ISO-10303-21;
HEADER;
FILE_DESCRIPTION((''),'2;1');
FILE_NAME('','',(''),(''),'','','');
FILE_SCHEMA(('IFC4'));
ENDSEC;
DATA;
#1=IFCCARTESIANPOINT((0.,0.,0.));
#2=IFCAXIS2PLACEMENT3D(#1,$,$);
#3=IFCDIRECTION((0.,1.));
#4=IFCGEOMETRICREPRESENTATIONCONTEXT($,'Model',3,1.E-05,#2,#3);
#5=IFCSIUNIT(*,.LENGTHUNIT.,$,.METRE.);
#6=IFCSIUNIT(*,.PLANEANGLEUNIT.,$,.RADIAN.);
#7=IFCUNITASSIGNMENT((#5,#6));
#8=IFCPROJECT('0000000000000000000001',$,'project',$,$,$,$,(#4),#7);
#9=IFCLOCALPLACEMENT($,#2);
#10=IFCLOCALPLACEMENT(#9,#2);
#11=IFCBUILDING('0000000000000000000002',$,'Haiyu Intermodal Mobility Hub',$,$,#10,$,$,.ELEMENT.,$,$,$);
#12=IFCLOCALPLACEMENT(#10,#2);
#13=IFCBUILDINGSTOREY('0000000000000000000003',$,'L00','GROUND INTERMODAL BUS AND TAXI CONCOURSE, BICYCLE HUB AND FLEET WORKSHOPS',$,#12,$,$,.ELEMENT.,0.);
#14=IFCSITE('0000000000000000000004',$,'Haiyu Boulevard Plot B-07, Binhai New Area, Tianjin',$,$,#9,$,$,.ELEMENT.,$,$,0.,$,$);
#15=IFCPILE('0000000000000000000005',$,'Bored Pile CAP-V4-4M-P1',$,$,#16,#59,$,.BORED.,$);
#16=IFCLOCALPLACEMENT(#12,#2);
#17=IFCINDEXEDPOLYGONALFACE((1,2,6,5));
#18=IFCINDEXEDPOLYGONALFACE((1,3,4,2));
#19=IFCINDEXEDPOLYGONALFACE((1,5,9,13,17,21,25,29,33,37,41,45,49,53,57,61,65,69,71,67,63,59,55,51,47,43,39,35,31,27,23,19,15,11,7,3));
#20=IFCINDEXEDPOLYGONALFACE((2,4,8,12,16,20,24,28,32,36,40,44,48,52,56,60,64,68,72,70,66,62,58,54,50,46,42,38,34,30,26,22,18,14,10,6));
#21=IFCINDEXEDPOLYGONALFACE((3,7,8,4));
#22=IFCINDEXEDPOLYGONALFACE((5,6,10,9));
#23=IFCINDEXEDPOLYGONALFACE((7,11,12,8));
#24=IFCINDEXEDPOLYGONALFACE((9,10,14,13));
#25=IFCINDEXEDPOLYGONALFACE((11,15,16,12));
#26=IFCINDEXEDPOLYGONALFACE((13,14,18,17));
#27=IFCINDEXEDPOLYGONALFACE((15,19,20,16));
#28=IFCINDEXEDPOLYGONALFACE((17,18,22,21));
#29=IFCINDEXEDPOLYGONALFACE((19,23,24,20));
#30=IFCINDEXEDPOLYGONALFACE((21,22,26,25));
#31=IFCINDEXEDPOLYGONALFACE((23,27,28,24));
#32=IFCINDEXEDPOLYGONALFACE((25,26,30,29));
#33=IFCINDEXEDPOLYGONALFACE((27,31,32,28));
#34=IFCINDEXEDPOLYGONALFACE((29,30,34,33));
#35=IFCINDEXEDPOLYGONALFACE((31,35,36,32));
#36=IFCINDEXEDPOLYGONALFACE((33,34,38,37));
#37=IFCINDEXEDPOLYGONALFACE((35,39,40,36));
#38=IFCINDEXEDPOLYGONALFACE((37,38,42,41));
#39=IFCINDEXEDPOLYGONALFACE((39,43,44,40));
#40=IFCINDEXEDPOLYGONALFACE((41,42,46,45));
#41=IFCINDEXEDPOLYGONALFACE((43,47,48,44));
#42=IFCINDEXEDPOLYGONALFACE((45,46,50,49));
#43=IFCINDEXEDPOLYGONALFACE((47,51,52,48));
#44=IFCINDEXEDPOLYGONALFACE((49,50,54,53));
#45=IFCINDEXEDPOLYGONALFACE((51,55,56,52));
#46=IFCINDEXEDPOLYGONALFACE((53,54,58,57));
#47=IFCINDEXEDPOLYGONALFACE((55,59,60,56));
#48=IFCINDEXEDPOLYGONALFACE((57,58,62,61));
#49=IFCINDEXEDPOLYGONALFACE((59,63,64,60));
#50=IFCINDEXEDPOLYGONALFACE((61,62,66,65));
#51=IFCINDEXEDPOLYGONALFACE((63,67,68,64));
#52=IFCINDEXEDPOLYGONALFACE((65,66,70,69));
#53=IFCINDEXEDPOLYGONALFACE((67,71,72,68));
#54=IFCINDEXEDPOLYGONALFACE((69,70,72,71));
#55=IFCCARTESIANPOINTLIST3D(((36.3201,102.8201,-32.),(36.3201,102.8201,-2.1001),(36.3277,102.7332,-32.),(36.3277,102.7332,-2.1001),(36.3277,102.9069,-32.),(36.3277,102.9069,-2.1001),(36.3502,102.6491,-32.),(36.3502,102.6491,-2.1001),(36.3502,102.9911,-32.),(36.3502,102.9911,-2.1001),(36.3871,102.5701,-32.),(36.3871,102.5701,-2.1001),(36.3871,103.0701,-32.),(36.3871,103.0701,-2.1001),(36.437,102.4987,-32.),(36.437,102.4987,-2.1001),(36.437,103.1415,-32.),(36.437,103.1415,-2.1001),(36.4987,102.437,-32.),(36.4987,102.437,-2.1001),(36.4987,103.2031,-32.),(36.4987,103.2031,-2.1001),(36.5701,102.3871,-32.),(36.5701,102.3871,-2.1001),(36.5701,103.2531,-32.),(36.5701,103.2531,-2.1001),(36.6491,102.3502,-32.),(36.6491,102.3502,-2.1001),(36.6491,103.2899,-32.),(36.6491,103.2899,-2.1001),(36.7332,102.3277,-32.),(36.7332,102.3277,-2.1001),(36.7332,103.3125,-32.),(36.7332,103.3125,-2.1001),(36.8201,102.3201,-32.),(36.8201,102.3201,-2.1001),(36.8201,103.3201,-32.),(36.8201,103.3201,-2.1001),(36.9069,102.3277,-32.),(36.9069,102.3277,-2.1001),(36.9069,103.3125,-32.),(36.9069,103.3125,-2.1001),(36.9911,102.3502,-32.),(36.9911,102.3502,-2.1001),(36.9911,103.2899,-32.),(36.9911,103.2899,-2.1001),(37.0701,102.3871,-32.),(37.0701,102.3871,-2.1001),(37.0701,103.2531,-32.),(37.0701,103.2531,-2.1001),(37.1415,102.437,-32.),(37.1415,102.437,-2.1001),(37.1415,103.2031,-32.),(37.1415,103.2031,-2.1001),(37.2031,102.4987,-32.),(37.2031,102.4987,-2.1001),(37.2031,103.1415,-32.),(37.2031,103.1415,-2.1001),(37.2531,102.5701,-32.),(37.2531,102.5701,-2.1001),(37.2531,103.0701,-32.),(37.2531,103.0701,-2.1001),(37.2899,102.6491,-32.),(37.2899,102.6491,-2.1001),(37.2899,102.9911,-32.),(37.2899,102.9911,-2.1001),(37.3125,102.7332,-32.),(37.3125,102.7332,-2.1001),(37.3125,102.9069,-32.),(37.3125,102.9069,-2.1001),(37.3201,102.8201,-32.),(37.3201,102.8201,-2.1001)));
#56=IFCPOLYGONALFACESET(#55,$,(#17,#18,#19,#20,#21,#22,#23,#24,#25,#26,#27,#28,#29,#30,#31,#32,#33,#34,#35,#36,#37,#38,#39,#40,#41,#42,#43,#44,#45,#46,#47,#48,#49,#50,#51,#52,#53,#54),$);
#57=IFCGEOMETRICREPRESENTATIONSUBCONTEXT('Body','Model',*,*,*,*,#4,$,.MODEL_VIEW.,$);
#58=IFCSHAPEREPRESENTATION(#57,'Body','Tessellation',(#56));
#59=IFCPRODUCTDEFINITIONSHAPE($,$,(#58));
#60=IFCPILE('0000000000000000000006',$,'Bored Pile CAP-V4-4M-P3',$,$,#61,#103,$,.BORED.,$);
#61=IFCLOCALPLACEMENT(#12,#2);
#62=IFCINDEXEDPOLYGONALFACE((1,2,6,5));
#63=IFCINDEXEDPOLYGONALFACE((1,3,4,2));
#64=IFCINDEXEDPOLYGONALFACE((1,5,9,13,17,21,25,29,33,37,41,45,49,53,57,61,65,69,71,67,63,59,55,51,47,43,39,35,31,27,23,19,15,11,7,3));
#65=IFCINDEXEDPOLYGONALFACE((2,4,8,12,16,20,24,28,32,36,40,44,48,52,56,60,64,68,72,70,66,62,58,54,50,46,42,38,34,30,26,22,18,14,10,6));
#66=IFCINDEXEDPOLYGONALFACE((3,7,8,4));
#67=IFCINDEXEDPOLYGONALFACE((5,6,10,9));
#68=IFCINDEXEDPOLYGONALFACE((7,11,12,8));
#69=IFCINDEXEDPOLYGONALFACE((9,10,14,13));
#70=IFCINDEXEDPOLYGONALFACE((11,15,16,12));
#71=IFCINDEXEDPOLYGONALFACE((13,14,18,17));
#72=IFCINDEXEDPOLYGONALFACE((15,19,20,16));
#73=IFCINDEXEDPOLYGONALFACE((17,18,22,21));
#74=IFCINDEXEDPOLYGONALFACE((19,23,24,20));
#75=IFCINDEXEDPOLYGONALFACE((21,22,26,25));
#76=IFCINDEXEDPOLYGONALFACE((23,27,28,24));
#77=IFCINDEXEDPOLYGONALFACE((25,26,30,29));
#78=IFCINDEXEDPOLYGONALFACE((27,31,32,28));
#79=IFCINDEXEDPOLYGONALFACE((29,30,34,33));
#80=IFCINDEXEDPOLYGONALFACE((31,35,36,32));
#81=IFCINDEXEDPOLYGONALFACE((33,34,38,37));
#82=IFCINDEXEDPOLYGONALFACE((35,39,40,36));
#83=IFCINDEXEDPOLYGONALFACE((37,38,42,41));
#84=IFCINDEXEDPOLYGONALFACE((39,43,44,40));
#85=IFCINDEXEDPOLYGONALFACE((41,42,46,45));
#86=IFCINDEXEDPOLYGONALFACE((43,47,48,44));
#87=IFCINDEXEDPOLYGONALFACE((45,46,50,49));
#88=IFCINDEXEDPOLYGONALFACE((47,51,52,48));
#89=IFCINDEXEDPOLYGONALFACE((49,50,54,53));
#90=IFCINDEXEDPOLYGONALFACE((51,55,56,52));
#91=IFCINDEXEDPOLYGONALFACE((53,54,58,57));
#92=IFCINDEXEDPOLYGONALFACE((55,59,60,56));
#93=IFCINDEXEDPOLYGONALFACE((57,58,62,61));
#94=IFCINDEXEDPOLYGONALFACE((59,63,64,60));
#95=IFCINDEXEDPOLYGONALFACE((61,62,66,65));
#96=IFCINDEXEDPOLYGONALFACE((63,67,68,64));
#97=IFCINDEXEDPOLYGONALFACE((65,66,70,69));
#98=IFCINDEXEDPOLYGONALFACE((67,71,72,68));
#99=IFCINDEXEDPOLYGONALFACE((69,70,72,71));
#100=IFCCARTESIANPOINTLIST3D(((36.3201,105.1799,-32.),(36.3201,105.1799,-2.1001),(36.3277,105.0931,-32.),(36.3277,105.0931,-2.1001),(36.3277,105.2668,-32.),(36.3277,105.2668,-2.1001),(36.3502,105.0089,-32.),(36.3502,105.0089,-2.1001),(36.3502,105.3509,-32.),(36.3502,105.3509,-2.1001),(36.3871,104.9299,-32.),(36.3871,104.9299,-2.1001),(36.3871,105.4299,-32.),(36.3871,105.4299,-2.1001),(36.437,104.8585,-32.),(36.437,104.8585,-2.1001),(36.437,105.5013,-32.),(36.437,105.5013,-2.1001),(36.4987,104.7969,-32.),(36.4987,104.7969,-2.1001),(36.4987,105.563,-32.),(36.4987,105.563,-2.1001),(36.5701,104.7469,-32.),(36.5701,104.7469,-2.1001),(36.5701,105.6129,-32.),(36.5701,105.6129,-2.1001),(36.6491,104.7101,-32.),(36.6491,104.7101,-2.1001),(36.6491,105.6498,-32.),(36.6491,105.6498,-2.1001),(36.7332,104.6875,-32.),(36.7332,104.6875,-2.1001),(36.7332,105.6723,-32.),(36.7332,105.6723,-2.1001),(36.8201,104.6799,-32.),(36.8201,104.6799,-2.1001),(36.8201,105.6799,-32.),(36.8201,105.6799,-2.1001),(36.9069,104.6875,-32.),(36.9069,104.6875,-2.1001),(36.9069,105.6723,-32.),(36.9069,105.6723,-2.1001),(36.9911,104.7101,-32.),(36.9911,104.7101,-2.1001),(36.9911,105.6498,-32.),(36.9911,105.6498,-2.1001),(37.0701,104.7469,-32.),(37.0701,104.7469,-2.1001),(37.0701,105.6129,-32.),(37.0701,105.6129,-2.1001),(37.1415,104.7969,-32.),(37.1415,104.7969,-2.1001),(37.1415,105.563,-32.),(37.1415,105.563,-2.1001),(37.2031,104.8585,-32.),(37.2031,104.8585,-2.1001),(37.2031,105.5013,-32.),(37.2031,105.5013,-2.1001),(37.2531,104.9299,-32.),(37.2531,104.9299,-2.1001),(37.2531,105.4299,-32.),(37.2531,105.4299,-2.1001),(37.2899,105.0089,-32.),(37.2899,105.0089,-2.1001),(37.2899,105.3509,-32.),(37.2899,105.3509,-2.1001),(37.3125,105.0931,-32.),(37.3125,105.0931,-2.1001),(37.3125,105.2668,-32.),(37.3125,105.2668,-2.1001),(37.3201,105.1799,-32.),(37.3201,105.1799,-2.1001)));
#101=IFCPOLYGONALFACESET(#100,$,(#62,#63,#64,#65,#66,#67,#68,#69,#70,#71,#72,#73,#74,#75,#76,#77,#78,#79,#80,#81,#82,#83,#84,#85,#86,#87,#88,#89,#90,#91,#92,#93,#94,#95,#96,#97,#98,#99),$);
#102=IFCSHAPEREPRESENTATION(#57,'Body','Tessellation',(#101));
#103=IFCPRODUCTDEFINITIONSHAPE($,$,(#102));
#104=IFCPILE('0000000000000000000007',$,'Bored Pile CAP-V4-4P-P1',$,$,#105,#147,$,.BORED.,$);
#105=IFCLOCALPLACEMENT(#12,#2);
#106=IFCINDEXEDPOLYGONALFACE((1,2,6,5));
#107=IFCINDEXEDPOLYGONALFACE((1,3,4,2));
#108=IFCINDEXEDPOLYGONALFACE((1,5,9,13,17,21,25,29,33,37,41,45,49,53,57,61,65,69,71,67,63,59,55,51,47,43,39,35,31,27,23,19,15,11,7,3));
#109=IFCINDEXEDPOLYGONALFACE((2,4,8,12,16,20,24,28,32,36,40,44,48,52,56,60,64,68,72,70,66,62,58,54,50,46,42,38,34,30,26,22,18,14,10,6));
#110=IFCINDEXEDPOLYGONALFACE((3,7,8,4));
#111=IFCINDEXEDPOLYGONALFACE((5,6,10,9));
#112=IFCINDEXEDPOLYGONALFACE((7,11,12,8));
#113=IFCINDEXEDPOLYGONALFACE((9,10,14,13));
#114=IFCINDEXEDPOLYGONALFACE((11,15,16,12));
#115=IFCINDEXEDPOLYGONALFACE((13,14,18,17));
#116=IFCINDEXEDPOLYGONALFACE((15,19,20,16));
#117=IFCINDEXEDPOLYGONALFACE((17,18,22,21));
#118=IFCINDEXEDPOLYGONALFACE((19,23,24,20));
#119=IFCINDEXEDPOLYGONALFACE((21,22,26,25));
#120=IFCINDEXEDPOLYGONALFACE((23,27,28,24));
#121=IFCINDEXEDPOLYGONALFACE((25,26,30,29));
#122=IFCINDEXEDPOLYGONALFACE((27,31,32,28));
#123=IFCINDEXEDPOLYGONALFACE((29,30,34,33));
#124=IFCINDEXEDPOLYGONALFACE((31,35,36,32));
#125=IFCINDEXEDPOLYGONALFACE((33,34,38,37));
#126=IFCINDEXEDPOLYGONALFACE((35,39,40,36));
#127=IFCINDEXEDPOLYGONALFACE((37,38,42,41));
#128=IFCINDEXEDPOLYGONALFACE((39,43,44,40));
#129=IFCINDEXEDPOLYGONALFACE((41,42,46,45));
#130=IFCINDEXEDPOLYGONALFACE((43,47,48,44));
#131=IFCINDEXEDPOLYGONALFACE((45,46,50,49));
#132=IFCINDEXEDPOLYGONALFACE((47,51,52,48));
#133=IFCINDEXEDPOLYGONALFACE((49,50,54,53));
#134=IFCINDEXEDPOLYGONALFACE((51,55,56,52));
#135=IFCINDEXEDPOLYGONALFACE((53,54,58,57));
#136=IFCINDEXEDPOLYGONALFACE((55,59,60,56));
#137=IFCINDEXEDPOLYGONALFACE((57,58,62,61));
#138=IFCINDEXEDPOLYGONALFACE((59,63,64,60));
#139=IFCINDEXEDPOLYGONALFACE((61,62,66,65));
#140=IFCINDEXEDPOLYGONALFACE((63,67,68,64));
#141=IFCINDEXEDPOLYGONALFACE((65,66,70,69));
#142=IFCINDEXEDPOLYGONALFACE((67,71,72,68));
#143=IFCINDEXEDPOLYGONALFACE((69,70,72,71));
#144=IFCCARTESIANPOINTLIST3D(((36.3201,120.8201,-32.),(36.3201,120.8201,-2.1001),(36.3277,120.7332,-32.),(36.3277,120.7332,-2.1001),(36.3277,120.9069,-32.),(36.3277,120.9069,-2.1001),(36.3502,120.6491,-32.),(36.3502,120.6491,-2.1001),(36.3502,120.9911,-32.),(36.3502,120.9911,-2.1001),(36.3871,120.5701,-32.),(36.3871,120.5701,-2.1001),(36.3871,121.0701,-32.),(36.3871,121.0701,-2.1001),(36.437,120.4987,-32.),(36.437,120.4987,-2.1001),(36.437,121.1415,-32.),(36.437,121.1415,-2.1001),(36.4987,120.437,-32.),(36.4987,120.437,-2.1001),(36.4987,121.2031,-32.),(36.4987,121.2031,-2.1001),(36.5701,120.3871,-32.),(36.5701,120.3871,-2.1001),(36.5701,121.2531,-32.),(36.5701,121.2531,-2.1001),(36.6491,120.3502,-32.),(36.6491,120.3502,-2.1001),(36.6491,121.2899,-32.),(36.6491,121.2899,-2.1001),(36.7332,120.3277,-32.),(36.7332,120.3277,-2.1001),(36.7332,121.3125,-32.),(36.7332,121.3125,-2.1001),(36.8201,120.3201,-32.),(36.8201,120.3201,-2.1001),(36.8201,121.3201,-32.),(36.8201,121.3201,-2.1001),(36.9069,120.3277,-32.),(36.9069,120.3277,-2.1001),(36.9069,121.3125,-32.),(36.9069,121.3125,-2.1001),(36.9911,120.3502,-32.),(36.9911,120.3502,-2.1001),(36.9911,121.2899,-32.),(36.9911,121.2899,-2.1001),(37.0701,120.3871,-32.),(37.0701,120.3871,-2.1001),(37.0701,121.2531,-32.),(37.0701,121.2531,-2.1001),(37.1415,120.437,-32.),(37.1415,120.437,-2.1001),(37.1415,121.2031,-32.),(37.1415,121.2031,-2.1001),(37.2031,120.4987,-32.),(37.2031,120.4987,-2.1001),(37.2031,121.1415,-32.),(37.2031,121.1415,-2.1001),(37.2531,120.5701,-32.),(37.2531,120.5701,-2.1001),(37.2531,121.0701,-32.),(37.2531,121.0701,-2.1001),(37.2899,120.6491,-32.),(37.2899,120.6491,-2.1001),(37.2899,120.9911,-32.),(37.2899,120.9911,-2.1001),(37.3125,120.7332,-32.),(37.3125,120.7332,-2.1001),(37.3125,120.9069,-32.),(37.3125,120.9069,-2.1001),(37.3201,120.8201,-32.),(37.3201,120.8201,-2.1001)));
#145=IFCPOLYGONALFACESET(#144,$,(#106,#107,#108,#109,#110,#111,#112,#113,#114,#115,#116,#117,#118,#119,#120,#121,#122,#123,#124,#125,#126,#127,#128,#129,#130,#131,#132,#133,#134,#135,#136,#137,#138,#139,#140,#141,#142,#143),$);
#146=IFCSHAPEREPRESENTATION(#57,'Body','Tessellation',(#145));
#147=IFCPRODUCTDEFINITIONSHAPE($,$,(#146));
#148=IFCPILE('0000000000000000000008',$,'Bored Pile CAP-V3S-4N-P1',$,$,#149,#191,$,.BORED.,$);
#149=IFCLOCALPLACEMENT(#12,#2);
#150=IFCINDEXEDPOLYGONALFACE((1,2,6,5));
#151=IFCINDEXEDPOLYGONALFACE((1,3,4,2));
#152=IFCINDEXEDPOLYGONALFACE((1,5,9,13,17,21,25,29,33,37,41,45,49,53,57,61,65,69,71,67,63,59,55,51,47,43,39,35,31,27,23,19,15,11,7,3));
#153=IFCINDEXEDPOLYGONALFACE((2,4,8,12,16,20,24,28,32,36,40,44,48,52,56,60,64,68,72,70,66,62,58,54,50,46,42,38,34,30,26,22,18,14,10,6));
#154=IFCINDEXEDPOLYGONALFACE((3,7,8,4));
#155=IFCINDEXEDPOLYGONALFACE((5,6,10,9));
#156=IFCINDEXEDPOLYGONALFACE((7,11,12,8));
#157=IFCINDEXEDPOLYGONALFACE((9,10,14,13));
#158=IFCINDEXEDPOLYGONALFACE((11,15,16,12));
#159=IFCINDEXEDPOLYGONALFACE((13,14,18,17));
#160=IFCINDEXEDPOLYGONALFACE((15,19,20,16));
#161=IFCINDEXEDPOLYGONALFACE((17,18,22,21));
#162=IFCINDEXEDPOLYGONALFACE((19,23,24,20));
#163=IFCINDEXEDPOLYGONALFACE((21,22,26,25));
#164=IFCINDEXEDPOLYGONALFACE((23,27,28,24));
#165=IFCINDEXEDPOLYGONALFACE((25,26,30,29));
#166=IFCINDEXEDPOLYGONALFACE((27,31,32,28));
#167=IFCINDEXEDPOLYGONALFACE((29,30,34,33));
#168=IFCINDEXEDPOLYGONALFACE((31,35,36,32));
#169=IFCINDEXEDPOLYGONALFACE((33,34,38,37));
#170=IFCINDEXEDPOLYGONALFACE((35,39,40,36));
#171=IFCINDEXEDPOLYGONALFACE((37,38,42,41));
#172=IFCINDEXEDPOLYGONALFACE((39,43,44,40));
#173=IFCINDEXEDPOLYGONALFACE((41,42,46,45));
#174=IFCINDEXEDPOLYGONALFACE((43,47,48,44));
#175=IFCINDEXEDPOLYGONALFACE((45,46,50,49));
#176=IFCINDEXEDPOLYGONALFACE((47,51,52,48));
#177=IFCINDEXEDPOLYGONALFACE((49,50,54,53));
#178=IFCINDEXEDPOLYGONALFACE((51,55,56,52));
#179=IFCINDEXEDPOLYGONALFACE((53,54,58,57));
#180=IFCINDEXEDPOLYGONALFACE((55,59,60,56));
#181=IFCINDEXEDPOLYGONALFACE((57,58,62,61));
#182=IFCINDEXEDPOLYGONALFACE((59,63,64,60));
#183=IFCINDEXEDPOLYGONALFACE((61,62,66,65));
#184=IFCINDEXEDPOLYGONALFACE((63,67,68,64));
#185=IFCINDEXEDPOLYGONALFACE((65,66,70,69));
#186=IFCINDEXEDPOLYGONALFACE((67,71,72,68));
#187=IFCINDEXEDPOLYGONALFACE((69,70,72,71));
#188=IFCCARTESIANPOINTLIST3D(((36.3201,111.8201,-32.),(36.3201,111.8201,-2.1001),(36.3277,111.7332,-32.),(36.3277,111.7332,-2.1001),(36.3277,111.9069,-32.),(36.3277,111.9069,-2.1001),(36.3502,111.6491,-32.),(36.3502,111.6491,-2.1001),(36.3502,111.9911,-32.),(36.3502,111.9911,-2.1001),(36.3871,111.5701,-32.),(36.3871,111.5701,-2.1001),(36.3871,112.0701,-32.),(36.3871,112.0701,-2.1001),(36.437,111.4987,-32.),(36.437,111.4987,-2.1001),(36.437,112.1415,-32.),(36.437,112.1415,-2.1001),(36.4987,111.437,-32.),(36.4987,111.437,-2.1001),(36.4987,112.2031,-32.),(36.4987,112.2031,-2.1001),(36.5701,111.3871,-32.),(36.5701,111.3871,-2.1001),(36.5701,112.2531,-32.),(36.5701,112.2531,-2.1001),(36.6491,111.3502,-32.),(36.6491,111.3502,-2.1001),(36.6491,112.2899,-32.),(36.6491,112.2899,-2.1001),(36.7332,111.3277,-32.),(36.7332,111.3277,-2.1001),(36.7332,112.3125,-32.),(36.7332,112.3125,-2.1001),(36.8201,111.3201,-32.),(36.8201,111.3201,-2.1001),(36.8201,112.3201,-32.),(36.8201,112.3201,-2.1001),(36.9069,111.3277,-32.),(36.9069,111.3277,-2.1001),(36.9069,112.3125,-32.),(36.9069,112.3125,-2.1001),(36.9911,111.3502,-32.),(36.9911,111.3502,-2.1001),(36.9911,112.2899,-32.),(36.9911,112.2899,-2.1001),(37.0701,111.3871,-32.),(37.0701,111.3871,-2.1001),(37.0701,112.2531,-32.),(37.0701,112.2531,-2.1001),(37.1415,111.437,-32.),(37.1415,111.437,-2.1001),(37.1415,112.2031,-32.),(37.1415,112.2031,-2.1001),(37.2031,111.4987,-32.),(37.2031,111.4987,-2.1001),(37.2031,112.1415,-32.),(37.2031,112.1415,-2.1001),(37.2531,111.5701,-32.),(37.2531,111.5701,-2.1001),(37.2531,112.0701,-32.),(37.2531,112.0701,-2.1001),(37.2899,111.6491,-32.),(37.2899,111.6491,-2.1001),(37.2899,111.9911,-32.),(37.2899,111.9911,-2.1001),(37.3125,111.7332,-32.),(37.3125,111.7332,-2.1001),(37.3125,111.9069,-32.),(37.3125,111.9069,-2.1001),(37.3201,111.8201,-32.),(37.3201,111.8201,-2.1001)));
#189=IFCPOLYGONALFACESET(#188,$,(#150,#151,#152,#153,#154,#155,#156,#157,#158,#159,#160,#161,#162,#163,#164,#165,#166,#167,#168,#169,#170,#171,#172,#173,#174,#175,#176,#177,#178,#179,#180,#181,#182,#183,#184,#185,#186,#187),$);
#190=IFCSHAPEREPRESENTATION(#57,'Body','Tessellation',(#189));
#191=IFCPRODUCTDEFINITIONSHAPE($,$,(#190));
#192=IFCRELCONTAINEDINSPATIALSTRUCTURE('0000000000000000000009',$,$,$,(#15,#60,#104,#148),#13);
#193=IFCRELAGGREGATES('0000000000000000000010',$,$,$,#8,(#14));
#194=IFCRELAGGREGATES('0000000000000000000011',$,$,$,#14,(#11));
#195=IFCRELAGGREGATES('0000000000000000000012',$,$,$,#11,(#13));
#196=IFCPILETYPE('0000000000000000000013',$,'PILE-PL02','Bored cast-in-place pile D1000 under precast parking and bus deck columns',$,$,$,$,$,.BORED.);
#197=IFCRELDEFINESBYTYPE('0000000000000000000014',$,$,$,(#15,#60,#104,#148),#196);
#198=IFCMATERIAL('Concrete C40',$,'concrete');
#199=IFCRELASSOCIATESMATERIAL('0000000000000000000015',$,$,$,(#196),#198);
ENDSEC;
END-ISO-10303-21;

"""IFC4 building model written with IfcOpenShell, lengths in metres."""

from ifc_helpers import new_model, si_unit, direction, frame, origin, origin_2d, place, context, subcontext, project, spatial, circle, extrude, material, material_profile, profile_set, type_object, element, save


model = new_model("IFC4")

# Units and contexts
model_context = context("Model", 3, precision=1e-05, world=origin(), true_north=direction((0.0, 1.0)))
body_context = subcontext(model_context, "Body", "Model", "MODEL_VIEW")
ifc_project = project(units=[si_unit("LENGTHUNIT", "METRE"), si_unit("PLANEANGLEUNIT", "RADIAN")], contexts=[model_context])

# Site, building, storey
site_placement = place(None, origin())
site = spatial("IfcSite", under=ifc_project, at=site_placement, Name="Haiyu Boulevard Plot B-07, Binhai New Area, Tianjin", CompositionType="ELEMENT", RefElevation=0.0)
building_placement = place(site_placement, origin())
building = spatial("IfcBuilding", under=site, at=building_placement, Name="Haiyu Intermodal Mobility Hub", CompositionType="ELEMENT")
storey_placement = place(building_placement, origin())
storey = spatial("IfcBuildingStorey", under=building, at=storey_placement, Name="L00", Description="GROUND INTERMODAL BUS AND TAXI CONCOURSE, BICYCLE HUB AND FLEET WORKSHOPS", CompositionType="ELEMENT", Elevation=0.0)

# Shared definitions
ifc_material_1 = material(Name="Concrete C40", Category="concrete")

# Piles
ifc_material_profile_1 = material_profile(ifc_material_1, circle(Radius=0.5, at=origin_2d()), Name="PILE-D1000")
ifc_profile_set_1 = profile_set([ifc_material_profile_1], Name="Concrete C40")
pile_type = type_object("IfcPileType", Name="PILE-PL02", Description="Bored cast-in-place pile D1000 under precast parking and bus deck columns", PredefinedType="BORED", material=ifc_profile_set_1)
for number, where, z_axis, x_axis, name in (
    (1, (36.8201, 102.8201, -2.1001), (0.0, 0.0, -1.0), (1.0, 0.0, 0.0), "Bored Pile CAP-V4-4M-P1"),
    (2, (36.8201, 105.1799, -2.1001), (0.0, 0.0, -1.0), (1.0, 0.0, 0.0), "Bored Pile CAP-V4-4M-P3"),
    (3, (36.8201, 120.8201, -2.1001), (0.0, 0.0, -1.0), (1.0, 0.0, 0.0), "Bored Pile CAP-V4-4P-P1"),
    (4, (36.8201, 111.8201, -2.1001), (0.0, 0.0, -1.0), (1.0, 0.0, 0.0), "Bored Pile CAP-V3S-4N-P1"),
):
    element("IfcPile", number, at=place(storey_placement, frame(where, z_axis=z_axis, x_axis=x_axis)), inside=storey, type_object=pile_type, Name=name, PredefinedType="BORED", context=body_context, shape_type="SweptSolid", body=[
        extrude(circle(Radius=0.5, at=origin_2d()), origin(), (0.0, 0.0, 1.0), 29.8999),
    ])

save(model, "model.ifc")
